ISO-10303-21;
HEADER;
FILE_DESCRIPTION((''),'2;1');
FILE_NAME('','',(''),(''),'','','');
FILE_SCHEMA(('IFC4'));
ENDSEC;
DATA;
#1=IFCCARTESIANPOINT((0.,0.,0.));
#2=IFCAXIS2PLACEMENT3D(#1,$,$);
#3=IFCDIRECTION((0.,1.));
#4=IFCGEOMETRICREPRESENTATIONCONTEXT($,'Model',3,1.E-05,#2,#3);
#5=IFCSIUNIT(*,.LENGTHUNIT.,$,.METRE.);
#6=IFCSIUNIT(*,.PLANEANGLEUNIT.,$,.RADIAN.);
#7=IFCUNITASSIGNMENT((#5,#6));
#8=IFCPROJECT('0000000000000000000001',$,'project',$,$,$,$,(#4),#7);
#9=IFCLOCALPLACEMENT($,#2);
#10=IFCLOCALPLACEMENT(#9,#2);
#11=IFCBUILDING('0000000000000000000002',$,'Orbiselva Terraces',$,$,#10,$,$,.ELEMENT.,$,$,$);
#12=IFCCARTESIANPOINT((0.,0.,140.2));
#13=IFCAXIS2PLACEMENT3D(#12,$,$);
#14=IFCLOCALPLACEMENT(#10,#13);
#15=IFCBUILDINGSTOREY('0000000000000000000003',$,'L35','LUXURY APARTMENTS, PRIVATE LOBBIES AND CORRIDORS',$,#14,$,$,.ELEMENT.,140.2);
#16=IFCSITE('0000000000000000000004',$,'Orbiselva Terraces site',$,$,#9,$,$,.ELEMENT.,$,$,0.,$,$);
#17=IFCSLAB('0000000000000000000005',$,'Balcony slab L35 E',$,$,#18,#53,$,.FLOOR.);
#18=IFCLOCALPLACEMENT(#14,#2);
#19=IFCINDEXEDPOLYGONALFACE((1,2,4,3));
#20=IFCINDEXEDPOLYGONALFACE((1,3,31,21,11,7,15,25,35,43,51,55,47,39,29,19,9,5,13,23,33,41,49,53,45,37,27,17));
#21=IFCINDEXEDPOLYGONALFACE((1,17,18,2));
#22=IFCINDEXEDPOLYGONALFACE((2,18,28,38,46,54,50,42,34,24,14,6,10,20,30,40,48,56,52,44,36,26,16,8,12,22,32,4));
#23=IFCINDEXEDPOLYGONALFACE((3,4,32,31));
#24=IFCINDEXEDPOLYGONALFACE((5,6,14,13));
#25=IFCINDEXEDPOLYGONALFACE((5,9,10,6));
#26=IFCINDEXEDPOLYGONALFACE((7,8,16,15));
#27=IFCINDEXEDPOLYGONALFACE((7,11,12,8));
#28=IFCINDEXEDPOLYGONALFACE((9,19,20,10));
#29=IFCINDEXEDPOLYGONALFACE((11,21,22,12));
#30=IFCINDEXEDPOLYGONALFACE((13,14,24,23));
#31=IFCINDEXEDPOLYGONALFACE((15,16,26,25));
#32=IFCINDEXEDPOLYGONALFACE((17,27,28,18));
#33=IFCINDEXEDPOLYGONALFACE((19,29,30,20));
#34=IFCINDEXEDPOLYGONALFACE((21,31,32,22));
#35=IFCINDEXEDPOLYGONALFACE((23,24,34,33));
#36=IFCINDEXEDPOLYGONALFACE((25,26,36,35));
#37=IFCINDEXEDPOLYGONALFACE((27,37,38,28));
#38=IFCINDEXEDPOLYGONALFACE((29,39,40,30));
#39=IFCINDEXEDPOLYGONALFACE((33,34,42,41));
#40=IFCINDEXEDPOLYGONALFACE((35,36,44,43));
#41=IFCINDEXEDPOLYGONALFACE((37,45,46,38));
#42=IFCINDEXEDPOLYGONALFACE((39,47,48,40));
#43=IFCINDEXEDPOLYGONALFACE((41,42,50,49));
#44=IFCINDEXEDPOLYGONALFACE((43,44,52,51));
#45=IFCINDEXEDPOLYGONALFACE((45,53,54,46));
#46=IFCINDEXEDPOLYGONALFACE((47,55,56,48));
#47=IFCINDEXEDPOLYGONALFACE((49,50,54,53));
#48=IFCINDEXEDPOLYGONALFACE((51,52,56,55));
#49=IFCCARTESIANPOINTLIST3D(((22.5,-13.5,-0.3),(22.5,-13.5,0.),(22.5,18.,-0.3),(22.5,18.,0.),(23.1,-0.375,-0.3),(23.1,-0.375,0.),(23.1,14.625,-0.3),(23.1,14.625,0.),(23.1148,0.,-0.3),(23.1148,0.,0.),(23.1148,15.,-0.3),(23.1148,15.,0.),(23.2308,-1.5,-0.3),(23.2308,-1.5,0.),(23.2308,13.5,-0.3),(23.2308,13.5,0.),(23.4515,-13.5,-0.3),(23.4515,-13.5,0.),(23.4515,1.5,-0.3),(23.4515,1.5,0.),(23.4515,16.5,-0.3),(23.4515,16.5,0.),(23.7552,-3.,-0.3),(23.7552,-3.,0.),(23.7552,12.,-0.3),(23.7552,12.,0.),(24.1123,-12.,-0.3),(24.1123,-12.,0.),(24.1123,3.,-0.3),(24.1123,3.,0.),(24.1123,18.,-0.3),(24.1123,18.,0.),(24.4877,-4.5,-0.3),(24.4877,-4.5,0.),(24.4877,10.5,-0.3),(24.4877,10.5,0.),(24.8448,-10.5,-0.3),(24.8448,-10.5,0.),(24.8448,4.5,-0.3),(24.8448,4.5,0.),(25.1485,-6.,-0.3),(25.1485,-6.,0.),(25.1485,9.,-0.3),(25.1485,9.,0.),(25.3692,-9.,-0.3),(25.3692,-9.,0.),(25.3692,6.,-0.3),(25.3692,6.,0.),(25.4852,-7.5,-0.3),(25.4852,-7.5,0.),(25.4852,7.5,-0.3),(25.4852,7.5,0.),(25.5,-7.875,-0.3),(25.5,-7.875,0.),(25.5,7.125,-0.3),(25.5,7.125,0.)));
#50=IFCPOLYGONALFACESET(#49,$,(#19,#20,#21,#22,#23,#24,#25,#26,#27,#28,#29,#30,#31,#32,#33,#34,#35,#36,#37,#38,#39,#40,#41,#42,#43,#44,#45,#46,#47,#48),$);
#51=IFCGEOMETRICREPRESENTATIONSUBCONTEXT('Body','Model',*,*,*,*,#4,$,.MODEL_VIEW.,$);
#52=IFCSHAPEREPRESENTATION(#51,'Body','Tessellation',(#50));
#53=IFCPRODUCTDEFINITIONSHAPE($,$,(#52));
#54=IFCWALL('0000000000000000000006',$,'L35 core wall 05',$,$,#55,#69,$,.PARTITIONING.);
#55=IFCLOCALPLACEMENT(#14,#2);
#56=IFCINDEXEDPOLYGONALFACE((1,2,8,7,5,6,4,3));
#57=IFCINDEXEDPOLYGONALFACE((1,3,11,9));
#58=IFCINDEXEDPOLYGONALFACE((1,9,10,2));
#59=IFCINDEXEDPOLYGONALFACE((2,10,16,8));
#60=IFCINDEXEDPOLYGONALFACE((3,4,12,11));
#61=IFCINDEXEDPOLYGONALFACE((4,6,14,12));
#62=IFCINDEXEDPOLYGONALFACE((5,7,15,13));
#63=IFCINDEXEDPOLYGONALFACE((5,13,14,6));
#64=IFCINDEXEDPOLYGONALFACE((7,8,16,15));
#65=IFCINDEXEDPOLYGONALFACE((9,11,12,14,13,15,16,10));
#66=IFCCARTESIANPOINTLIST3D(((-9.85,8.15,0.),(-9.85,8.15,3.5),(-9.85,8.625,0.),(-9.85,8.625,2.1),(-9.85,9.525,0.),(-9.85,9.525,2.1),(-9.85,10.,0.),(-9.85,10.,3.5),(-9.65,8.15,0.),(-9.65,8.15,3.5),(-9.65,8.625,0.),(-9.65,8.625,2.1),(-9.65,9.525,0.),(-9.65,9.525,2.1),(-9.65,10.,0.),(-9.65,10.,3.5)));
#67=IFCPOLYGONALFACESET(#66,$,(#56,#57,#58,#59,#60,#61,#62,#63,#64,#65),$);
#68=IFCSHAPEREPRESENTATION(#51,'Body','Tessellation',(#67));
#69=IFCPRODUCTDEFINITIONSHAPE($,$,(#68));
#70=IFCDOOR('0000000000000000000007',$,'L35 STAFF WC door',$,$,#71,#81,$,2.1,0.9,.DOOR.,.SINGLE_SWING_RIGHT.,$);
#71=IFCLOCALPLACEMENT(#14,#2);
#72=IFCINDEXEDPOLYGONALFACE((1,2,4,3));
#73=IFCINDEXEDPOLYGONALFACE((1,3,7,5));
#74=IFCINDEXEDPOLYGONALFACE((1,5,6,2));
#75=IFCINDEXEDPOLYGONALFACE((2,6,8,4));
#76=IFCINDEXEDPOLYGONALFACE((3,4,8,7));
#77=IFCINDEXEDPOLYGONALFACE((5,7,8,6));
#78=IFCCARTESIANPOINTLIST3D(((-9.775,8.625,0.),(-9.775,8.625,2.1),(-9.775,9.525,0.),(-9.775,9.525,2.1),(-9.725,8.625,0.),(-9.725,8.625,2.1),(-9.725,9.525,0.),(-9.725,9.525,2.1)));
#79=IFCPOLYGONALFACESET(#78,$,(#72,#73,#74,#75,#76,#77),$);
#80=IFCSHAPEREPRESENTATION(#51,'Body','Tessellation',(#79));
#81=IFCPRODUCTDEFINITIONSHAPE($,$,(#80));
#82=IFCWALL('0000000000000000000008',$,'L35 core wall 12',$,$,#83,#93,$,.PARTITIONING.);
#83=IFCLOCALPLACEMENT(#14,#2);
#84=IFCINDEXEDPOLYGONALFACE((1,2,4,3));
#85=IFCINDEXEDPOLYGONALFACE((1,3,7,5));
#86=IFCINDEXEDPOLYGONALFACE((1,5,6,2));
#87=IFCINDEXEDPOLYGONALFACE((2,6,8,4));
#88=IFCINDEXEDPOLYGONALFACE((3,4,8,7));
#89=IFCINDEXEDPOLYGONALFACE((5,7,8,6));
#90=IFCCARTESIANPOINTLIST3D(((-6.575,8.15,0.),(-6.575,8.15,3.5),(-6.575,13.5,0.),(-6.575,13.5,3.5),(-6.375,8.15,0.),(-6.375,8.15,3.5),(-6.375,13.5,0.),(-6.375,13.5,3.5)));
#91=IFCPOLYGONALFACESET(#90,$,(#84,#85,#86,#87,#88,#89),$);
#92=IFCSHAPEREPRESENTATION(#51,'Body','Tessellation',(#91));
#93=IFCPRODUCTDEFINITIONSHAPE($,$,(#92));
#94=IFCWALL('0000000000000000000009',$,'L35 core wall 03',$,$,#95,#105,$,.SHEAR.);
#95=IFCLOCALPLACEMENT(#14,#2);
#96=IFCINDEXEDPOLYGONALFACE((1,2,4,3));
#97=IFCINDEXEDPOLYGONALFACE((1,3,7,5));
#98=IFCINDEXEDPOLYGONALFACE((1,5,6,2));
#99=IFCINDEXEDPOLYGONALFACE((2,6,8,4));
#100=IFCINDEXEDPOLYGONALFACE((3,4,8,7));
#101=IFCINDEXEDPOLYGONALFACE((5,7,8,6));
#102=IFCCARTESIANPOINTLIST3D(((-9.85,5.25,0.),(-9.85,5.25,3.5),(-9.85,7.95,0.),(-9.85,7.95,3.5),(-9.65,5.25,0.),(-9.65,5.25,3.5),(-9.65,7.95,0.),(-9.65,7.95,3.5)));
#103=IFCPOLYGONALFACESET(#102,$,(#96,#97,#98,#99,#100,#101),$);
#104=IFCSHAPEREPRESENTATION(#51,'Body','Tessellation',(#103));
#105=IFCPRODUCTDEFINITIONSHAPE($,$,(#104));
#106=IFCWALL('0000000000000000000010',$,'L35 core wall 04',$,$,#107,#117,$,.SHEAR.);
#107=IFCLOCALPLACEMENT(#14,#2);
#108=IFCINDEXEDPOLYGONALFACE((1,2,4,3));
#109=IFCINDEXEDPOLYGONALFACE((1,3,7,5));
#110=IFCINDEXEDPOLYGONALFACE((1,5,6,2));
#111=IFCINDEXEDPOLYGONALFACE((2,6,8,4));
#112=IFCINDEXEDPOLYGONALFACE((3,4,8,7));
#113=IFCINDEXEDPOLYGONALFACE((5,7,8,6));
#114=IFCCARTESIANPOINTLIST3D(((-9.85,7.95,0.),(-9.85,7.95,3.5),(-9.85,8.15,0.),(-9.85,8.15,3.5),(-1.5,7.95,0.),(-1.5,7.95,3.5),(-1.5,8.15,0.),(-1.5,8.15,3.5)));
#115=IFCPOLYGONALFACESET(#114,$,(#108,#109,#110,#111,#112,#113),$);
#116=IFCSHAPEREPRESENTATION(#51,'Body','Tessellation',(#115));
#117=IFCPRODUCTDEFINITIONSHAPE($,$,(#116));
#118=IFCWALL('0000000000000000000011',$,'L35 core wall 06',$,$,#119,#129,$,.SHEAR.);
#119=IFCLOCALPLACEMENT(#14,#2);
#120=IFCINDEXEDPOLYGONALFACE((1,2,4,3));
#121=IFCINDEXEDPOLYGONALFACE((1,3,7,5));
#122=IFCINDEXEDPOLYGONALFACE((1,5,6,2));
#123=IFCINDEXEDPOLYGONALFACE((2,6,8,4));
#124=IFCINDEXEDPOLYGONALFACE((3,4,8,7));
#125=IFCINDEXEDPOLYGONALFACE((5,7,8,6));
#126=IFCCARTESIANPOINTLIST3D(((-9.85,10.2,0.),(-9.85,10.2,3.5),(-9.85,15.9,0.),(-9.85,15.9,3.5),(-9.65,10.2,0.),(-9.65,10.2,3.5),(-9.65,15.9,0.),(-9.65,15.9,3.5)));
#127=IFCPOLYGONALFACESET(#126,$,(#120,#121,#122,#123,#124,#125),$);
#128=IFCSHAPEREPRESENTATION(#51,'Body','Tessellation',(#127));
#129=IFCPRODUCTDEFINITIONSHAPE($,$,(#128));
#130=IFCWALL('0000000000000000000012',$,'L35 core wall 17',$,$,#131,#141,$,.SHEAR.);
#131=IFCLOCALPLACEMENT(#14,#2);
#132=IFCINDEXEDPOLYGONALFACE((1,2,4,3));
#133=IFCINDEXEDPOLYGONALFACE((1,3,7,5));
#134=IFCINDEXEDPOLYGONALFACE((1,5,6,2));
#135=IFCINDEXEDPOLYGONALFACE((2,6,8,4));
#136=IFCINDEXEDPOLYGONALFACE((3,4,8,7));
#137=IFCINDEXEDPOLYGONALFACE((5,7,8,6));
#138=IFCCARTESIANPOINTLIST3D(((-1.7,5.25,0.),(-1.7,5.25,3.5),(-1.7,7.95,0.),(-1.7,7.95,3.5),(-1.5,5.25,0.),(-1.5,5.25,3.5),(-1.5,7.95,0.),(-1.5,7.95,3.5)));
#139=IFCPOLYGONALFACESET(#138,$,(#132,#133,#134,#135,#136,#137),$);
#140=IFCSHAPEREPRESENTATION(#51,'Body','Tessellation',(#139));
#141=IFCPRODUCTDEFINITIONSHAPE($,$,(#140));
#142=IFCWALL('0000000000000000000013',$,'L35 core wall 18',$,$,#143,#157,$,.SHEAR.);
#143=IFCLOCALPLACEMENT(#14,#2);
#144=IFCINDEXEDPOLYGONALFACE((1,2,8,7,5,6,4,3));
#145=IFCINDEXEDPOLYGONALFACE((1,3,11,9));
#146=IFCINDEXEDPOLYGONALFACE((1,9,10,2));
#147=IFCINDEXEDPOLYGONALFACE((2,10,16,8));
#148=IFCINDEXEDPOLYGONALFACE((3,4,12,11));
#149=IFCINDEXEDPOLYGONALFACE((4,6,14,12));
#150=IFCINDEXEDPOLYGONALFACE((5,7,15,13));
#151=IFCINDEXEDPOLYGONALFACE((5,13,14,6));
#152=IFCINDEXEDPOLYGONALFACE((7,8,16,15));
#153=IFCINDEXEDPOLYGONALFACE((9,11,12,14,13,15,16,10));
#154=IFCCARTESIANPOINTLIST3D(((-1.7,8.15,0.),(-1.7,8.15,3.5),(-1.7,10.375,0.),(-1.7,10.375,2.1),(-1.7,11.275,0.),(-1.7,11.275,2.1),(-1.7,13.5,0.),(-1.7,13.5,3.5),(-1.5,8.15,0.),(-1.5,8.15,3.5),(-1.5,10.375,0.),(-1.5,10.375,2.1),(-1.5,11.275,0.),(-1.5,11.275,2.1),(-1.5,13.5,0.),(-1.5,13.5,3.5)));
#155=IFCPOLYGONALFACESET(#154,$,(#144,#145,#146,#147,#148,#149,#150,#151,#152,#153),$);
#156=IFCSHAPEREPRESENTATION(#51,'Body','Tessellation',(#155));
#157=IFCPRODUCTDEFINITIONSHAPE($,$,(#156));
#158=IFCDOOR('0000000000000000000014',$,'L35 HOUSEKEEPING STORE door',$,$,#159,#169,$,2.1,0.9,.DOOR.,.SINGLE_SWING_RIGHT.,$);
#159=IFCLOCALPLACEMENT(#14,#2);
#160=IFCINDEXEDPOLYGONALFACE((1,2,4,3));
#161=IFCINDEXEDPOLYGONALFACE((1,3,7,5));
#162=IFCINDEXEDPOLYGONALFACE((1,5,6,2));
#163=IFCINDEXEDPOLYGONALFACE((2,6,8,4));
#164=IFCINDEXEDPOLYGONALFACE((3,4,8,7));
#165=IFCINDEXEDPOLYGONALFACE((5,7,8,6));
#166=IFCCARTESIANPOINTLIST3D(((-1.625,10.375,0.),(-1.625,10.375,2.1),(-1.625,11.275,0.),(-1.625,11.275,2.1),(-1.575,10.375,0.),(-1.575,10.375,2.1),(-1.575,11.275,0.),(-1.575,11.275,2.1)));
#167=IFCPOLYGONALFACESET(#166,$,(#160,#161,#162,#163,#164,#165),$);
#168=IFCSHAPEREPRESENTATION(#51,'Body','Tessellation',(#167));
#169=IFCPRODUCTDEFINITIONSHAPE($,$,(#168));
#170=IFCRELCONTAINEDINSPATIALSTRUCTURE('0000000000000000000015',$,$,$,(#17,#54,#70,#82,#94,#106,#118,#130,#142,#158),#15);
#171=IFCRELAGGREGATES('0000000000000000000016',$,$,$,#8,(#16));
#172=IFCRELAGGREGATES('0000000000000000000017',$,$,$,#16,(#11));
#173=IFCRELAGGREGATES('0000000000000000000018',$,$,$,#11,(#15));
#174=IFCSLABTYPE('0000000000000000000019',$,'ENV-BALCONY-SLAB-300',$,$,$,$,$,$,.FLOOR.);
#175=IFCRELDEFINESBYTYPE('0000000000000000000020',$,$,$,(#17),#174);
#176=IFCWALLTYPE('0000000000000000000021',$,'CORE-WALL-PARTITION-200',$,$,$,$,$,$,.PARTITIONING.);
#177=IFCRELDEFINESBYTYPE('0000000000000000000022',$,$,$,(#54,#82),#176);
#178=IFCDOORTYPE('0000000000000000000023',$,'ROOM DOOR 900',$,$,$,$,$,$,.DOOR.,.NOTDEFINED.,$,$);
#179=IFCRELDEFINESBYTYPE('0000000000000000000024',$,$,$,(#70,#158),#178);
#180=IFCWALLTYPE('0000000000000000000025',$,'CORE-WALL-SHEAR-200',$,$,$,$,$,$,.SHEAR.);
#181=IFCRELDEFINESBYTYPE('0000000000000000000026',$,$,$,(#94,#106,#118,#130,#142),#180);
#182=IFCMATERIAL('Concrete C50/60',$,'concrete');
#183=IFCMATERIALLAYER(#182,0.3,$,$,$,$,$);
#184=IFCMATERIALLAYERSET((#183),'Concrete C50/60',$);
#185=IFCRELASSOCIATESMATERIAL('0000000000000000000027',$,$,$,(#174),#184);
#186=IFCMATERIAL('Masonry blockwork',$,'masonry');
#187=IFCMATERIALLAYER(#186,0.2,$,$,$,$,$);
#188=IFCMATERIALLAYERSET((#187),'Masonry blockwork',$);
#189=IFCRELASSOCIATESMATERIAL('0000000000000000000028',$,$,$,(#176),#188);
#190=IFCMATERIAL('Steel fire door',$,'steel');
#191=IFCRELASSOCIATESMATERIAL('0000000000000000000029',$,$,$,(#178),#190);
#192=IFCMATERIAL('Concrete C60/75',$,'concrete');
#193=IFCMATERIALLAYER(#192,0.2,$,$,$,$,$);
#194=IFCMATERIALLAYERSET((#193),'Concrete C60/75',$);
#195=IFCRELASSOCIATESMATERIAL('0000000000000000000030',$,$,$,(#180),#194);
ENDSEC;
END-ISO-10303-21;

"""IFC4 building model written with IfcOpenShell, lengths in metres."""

from ifc_helpers import new_model, si_unit, direction, frame, frame_2d, origin, place, context, subcontext, project, spatial, polyline, rectangle, outline, extrude, material, layer, layer_set, type_object, element, fill, save


model = new_model("IFC4")

# Units and contexts
model_context = context("Model", 3, precision=1e-05, world=origin(), true_north=direction((0.0, 1.0)))
body_context = subcontext(model_context, "Body", "Model", "MODEL_VIEW")
ifc_project = project(units=[si_unit("LENGTHUNIT", "METRE"), si_unit("PLANEANGLEUNIT", "RADIAN")], contexts=[model_context])

# Site, building, storey
site_placement = place(None, origin())
site = spatial("IfcSite", under=ifc_project, at=site_placement, Name="Orbiselva Terraces site", CompositionType="ELEMENT", RefElevation=0.0)
building_placement = place(site_placement, origin())
building = spatial("IfcBuilding", under=site, at=building_placement, Name="Orbiselva Terraces", CompositionType="ELEMENT")
storey_placement = place(building_placement, frame((0.0, 0.0, 140.2)))
storey = spatial("IfcBuildingStorey", under=building, at=storey_placement, Name="L35", Description="LUXURY APARTMENTS, PRIVATE LOBBIES AND CORRIDORS", CompositionType="ELEMENT", Elevation=140.2)

# Slab
ifc_material_1 = material(Name="Concrete C50/60", Category="concrete")
ifc_layer_1 = layer(ifc_material_1, 0.3)
ifc_layer_set_1 = layer_set([ifc_layer_1], Name="Concrete C50/60")
slab_type = type_object("IfcSlabType", Name="ENV-BALCONY-SLAB-300", PredefinedType="FLOOR", material=ifc_layer_set_1)
slab_placement = place(storey_placement, frame((0.0, 0.0, -0.3)))
element("IfcSlab", 1, at=slab_placement, inside=storey, type_object=slab_type, Name="Balcony slab L35 E", PredefinedType="FLOOR", context=body_context, shape_type="SweptSolid", body=[
    extrude(outline(polyline([(23.4515, -13.5), (24.1123, -12.0), (24.8448, -10.5), (25.3692, -9.0), (25.5, -7.875), (25.4852, -7.5), (25.1485, -6.0), (24.4877, -4.5), (23.7552, -3.0), (23.2308, -1.5), (23.1, -0.375), (23.1148, 0.0), (23.4515, 1.5), (24.1123, 3.0), (24.8448, 4.5), (25.3692, 6.0), (25.5, 7.125), (25.4852, 7.5), (25.1485, 9.0), (24.4877, 10.5), (23.7552, 12.0), (23.2308, 13.5), (23.1, 14.625), (23.1148, 15.0), (23.4515, 16.5), (24.1123, 18.0), (22.5, 18.0), (22.5, -13.5), (23.4515, -13.5)])), origin(), (0.0, 0.0, 1.0), 0.3),
])

# Wall, opening, door
ifc_material_2 = material(Name="Masonry blockwork", Category="masonry")
ifc_layer_2 = layer(ifc_material_2, 0.2)
ifc_layer_set_2 = layer_set([ifc_layer_2], Name="Masonry blockwork")
wall_type_1 = type_object("IfcWallType", Name="CORE-WALL-PARTITION-200", PredefinedType="PARTITIONING", material=ifc_layer_set_2)
wall_1_placement = place(storey_placement, frame((-9.75, 8.15, 0.0), z_axis=(0.0, 0.0, 1.0), x_axis=(0.0, 1.0, 0.0)))
wall_1 = element("IfcWall", 2, at=wall_1_placement, inside=storey, type_object=wall_type_1, Name="L35 core wall 05", PredefinedType="PARTITIONING", context=body_context, shape_type="SweptSolid", body=[
    extrude(rectangle(XDim=1.85, YDim=0.2, at=frame_2d((0.925, 0.0))), origin(), (0.0, 0.0, 1.0), 3.5),
])
opening_1_placement = place(wall_1_placement, frame((0.475, 0.0, 0.0)))
opening_1 = element("IfcOpeningElement", 3, at=opening_1_placement, cuts=wall_1, PredefinedType="OPENING", context=body_context, shape_type="SweptSolid", body=[
    extrude(rectangle(XDim=0.9, YDim=2.1, at=frame_2d((0.45, 1.05))), frame((0.0, 0.11, 0.0), z_axis=(0.0, -1.0, 0.0), x_axis=(1.0, 0.0, 0.0)), (0.0, 0.0, 1.0), 0.22),
])
ifc_material_3 = material(Name="Steel fire door", Category="steel")
door_type = type_object("IfcDoorType", Name="ROOM DOOR 900", OperationType="NOTDEFINED", PredefinedType="DOOR", material=ifc_material_3)
door_1_placement = place(opening_1_placement, origin())
door_1 = element("IfcDoor", 4, at=door_1_placement, inside=storey, type_object=door_type, Name="L35 STAFF WC door", OperationType="SINGLE_SWING_RIGHT", OverallHeight=2.1, OverallWidth=0.9, PredefinedType="DOOR", context=body_context, shape_type="SweptSolid", body=[
    extrude(rectangle(XDim=0.9, YDim=2.1, at=frame_2d((0.45, 1.05))), frame((0.0, 0.025, 0.0), z_axis=(0.0, -1.0, 0.0), x_axis=(1.0, 0.0, 0.0)), (0.0, 0.0, 1.0), 0.05),
])
fill(opening_1, door_1)

# Walls
wall_2_placement = place(storey_placement, frame((-6.475, 8.15, 0.0), z_axis=(0.0, 0.0, 1.0), x_axis=(0.0, 1.0, 0.0)))
element("IfcWall", 5, at=wall_2_placement, inside=storey, type_object=wall_type_1, Name="L35 core wall 12", PredefinedType="PARTITIONING", context=body_context, shape_type="SweptSolid", body=[
    extrude(rectangle(XDim=5.35, YDim=0.2, at=frame_2d((2.675, 0.0))), origin(), (0.0, 0.0, 1.0), 3.5),
])
ifc_material_4 = material(Name="Concrete C60/75", Category="concrete")
ifc_layer_3 = layer(ifc_material_4, 0.2)
ifc_layer_set_3 = layer_set([ifc_layer_3], Name="Concrete C60/75")
wall_type_2 = type_object("IfcWallType", Name="CORE-WALL-SHEAR-200", PredefinedType="SHEAR", material=ifc_layer_set_3)
wall_3_placement = place(storey_placement, frame((-9.75, 5.25, 0.0), z_axis=(0.0, 0.0, 1.0), x_axis=(0.0, 1.0, 0.0)))
element("IfcWall", 6, at=wall_3_placement, inside=storey, type_object=wall_type_2, Name="L35 core wall 03", PredefinedType="SHEAR", context=body_context, shape_type="SweptSolid", body=[
    extrude(rectangle(XDim=2.7, YDim=0.2, at=frame_2d((1.35, 0.0))), origin(), (0.0, 0.0, 1.0), 3.5),
])
wall_4_placement = place(storey_placement, frame((-9.85, 8.05, 0.0), z_axis=(0.0, 0.0, 1.0), x_axis=(1.0, 0.0, 0.0)))
element("IfcWall", 7, at=wall_4_placement, inside=storey, type_object=wall_type_2, Name="L35 core wall 04", PredefinedType="SHEAR", context=body_context, shape_type="SweptSolid", body=[
    extrude(rectangle(XDim=8.35, YDim=0.2, at=frame_2d((4.175, 0.0))), origin(), (0.0, 0.0, 1.0), 3.5),
])
wall_5_placement = place(storey_placement, frame((-9.75, 10.2, 0.0), z_axis=(0.0, 0.0, 1.0), x_axis=(0.0, 1.0, 0.0)))
element("IfcWall", 8, at=wall_5_placement, inside=storey, type_object=wall_type_2, Name="L35 core wall 06", PredefinedType="SHEAR", context=body_context, shape_type="SweptSolid", body=[
    extrude(rectangle(XDim=5.7, YDim=0.2, at=frame_2d((2.85, 0.0))), origin(), (0.0, 0.0, 1.0), 3.5),
])
wall_6_placement = place(storey_placement, frame((-1.6, 5.25, 0.0), z_axis=(0.0, 0.0, 1.0), x_axis=(0.0, 1.0, 0.0)))
element("IfcWall", 9, at=wall_6_placement, inside=storey, type_object=wall_type_2, Name="L35 core wall 17", PredefinedType="SHEAR", context=body_context, shape_type="SweptSolid", body=[
    extrude(rectangle(XDim=2.7, YDim=0.2, at=frame_2d((1.35, 0.0))), origin(), (0.0, 0.0, 1.0), 3.5),
])

# Wall, opening, door
wall_7_placement = place(storey_placement, frame((-1.6, 8.15, 0.0), z_axis=(0.0, 0.0, 1.0), x_axis=(0.0, 1.0, 0.0)))
wall_7 = element("IfcWall", 10, at=wall_7_placement, inside=storey, type_object=wall_type_2, Name="L35 core wall 18", PredefinedType="SHEAR", context=body_context, shape_type="SweptSolid", body=[
    extrude(rectangle(XDim=5.35, YDim=0.2, at=frame_2d((2.675, 0.0))), origin(), (0.0, 0.0, 1.0), 3.5),
])
opening_2_placement = place(wall_7_placement, frame((2.225, 0.0, 0.0)))
opening_2 = element("IfcOpeningElement", 11, at=opening_2_placement, cuts=wall_7, PredefinedType="OPENING", context=body_context, shape_type="SweptSolid", body=[
    extrude(rectangle(XDim=0.9, YDim=2.1, at=frame_2d((0.45, 1.05))), frame((0.0, 0.11, 0.0), z_axis=(0.0, -1.0, 0.0), x_axis=(1.0, 0.0, 0.0)), (0.0, 0.0, 1.0), 0.22),
])
door_2_placement = place(opening_2_placement, origin())
door_2 = element("IfcDoor", 12, at=door_2_placement, inside=storey, type_object=door_type, Name="L35 HOUSEKEEPING STORE door", OperationType="SINGLE_SWING_RIGHT", OverallHeight=2.1, OverallWidth=0.9, PredefinedType="DOOR", context=body_context, shape_type="SweptSolid", body=[
    extrude(rectangle(XDim=0.9, YDim=2.1, at=frame_2d((0.45, 1.05))), frame((0.0, 0.025, 0.0), z_axis=(0.0, -1.0, 0.0), x_axis=(1.0, 0.0, 0.0)), (0.0, 0.0, 1.0), 0.05),
])
fill(opening_2, door_2)

save(model, "model.ifc")
